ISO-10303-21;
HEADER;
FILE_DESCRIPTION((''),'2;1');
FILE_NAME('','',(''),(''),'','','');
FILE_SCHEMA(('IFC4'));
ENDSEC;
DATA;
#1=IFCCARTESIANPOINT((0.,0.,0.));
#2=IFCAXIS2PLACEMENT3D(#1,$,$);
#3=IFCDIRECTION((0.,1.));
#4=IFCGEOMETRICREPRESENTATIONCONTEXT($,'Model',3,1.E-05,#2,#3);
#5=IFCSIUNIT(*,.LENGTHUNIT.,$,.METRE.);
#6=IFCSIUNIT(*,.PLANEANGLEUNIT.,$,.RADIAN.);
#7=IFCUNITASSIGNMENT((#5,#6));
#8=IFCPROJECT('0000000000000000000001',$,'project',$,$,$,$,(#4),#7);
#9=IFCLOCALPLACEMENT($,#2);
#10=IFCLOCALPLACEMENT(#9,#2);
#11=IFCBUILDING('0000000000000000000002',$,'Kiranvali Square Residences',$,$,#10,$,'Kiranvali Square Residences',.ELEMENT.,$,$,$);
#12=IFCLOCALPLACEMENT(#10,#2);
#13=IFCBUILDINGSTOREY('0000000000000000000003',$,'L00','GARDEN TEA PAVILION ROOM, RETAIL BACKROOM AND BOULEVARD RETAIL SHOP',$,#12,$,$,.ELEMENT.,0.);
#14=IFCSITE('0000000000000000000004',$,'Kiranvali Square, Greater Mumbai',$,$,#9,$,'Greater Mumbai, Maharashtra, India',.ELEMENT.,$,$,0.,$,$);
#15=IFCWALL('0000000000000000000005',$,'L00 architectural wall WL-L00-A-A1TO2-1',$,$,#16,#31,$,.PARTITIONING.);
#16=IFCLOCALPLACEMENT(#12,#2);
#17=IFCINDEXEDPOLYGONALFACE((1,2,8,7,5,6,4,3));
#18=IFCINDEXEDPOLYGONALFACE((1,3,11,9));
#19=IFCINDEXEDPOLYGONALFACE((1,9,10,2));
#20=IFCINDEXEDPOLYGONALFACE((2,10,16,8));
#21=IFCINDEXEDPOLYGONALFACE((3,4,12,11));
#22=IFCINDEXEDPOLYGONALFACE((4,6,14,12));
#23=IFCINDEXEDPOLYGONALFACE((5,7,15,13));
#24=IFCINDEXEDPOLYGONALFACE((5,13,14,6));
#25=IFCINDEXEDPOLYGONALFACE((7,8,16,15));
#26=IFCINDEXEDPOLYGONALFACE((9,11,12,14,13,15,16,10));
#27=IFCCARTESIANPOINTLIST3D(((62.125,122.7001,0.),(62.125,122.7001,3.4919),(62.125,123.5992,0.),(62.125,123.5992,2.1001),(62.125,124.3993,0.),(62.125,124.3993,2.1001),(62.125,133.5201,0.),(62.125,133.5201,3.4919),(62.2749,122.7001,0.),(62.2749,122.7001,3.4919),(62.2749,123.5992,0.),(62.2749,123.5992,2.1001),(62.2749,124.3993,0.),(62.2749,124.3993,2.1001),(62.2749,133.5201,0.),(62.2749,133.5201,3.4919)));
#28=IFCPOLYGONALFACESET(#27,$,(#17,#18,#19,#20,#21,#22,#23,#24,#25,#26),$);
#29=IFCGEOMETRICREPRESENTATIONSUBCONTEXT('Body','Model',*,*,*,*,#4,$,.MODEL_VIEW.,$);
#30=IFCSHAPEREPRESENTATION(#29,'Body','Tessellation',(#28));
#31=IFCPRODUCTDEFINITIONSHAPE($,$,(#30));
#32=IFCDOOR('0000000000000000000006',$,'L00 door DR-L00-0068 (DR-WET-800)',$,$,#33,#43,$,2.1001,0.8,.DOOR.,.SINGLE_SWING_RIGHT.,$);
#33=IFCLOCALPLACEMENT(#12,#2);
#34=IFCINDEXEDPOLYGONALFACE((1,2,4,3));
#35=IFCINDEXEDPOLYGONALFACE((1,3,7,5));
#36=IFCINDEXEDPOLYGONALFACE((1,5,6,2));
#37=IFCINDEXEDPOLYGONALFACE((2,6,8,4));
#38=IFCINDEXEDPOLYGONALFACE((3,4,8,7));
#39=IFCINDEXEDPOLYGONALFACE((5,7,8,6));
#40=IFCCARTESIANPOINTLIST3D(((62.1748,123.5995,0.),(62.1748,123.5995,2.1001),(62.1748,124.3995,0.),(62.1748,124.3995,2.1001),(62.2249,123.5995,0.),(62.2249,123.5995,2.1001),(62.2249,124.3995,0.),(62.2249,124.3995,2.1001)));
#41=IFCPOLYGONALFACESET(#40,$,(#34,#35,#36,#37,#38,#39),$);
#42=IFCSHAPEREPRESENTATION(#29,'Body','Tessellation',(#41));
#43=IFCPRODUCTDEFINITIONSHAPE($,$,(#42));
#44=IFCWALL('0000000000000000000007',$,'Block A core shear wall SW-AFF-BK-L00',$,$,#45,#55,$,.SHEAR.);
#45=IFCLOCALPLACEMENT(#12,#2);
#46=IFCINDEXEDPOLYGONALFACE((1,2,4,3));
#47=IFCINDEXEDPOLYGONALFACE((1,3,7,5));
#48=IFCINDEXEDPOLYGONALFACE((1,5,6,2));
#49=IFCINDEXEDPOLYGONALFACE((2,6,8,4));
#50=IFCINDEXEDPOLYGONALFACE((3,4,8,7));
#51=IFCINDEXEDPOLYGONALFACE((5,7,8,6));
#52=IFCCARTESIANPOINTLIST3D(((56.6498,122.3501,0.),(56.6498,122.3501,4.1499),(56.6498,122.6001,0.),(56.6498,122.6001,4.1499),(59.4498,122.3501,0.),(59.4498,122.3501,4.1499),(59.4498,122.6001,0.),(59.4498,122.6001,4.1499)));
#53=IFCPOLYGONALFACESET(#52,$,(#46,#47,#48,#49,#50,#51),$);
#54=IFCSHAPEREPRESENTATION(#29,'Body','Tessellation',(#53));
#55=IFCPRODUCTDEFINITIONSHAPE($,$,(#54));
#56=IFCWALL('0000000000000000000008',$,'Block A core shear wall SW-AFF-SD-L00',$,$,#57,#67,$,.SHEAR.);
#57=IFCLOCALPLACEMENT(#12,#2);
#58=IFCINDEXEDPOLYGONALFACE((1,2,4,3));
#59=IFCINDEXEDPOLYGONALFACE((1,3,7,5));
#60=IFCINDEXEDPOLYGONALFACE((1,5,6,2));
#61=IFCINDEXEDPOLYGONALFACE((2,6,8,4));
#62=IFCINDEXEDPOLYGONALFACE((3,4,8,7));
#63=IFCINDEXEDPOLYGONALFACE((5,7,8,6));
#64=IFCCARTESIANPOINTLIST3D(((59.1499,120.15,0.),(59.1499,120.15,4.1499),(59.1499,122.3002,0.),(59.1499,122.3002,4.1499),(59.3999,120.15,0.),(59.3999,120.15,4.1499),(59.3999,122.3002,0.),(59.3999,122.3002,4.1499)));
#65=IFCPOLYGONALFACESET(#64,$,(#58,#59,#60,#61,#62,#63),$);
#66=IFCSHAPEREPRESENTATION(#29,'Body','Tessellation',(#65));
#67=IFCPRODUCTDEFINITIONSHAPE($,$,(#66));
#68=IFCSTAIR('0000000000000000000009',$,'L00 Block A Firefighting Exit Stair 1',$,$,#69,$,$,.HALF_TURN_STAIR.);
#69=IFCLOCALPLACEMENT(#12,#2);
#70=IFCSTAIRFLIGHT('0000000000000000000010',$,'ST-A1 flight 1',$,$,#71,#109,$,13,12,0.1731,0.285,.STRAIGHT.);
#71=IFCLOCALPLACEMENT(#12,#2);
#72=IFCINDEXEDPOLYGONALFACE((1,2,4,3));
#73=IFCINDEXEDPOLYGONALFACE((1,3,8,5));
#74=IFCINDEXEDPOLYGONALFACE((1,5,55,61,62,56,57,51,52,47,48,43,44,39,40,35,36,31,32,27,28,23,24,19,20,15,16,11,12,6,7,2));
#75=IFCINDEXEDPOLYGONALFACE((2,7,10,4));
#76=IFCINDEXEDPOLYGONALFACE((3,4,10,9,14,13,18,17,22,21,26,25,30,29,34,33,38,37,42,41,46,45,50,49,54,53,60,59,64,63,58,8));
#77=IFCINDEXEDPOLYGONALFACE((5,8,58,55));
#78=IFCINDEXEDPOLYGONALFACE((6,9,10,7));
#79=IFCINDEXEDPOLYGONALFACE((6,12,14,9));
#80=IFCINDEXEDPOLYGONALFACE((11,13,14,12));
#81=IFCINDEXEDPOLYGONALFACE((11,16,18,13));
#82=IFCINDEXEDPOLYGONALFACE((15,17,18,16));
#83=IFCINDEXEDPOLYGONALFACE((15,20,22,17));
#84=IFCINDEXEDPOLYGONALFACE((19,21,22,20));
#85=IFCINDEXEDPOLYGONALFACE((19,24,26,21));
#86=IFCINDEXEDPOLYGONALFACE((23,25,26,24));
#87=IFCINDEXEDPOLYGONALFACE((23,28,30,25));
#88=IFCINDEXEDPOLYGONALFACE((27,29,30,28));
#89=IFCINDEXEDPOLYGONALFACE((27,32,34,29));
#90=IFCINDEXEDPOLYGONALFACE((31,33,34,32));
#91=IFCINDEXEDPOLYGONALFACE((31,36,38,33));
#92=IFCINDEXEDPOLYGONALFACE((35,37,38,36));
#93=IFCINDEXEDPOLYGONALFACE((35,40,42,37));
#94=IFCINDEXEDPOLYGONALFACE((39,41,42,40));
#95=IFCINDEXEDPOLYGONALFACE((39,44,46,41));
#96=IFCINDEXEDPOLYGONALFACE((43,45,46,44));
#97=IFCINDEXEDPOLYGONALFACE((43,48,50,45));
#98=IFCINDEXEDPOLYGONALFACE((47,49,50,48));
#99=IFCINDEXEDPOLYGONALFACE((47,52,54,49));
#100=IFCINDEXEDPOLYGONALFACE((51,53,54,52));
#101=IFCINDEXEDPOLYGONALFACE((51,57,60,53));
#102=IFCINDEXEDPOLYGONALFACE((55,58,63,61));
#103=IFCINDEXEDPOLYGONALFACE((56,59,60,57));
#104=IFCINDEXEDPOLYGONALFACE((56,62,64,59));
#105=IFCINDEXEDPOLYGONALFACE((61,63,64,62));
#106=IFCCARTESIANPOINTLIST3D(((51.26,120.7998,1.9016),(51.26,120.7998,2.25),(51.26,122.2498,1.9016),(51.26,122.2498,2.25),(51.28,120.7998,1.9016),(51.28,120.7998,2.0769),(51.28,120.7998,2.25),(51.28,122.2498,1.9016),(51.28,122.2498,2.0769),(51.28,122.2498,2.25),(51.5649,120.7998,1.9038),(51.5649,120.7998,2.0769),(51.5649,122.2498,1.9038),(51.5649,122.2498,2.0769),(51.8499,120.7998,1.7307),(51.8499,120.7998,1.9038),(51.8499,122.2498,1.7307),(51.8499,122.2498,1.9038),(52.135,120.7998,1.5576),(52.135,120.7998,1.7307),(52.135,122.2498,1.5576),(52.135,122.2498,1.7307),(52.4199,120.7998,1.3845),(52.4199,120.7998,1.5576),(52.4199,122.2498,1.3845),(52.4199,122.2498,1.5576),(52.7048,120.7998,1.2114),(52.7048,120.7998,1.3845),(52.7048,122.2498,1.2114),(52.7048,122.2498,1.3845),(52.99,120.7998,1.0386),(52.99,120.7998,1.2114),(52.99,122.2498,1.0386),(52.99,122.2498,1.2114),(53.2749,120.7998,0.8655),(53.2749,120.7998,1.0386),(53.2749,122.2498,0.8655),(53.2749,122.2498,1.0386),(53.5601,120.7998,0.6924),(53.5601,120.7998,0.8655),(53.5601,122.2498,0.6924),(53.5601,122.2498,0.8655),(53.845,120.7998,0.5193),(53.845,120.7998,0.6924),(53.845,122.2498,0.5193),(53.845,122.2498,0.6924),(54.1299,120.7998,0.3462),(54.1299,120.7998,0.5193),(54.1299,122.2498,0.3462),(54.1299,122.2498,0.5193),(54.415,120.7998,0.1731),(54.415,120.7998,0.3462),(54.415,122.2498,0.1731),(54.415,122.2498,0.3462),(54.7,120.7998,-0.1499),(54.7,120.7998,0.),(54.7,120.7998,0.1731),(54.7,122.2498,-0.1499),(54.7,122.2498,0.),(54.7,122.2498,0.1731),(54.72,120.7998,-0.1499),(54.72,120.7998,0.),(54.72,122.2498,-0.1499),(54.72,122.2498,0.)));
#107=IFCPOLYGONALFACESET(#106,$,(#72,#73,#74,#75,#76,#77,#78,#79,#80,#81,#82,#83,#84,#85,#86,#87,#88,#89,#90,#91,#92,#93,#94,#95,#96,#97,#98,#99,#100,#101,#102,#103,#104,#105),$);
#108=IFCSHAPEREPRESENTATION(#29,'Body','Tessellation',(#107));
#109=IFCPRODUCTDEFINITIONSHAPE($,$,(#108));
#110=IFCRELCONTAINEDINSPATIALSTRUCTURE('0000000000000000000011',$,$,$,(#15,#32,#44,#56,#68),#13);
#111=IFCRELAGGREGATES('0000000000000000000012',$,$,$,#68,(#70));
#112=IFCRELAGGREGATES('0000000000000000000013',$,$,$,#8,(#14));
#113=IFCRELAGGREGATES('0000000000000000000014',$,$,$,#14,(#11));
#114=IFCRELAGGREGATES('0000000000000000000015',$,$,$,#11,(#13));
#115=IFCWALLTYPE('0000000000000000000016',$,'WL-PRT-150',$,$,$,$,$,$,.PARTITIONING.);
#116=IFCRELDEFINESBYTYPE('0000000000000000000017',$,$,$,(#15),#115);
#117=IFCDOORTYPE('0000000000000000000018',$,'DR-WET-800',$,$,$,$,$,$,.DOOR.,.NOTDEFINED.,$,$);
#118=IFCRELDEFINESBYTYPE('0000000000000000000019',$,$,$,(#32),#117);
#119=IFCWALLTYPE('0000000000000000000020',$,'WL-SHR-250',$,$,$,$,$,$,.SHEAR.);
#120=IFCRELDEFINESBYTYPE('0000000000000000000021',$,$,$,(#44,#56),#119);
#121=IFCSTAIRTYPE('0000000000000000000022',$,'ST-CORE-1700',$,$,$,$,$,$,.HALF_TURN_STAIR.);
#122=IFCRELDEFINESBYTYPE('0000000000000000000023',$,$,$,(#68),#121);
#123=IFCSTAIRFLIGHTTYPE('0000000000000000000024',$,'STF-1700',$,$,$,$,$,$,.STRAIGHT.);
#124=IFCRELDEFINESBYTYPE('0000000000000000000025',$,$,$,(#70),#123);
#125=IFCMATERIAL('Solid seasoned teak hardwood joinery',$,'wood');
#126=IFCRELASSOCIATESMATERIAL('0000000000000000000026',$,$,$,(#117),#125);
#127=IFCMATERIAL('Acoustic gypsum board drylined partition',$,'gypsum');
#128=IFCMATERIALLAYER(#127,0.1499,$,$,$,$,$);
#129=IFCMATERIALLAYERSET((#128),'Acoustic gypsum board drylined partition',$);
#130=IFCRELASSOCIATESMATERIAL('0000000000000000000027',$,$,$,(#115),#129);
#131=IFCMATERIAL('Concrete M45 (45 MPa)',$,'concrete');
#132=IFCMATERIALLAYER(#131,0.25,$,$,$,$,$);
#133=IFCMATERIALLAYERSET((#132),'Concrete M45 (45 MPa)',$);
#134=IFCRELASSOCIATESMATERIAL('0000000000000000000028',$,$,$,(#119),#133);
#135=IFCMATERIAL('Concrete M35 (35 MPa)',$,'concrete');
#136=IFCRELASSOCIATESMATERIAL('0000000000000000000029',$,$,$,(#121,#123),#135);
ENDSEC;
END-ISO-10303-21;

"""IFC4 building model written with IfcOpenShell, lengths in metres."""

from ifc_helpers import new_model, si_unit, direction, frame, frame_2d, origin, place, context, subcontext, project, spatial, polyline, rectangle, outline, extrude, material, layer, layer_set, type_object, element, fill, aggregate, save


model = new_model("IFC4")

# Units and contexts
model_context = context("Model", 3, precision=1e-05, world=origin(), true_north=direction((0.0, 1.0)))
body_context = subcontext(model_context, "Body", "Model", "MODEL_VIEW")
ifc_project = project(units=[si_unit("LENGTHUNIT", "METRE"), si_unit("PLANEANGLEUNIT", "RADIAN")], contexts=[model_context])

# Site, building, storey
site_placement = place(None, origin())
site = spatial("IfcSite", under=ifc_project, at=site_placement, Name="Kiranvali Square, Greater Mumbai", LongName="Greater Mumbai, Maharashtra, India", CompositionType="ELEMENT", RefElevation=0.0)
building_placement = place(site_placement, origin())
building = spatial("IfcBuilding", under=site, at=building_placement, Name="Kiranvali Square Residences", LongName="Kiranvali Square Residences", CompositionType="ELEMENT")
storey_placement = place(building_placement, origin())
storey = spatial("IfcBuildingStorey", under=building, at=storey_placement, Name="L00", Description="GARDEN TEA PAVILION ROOM, RETAIL BACKROOM AND BOULEVARD RETAIL SHOP", CompositionType="ELEMENT", Elevation=0.0)

# Shared definitions
ifc_material_1 = material(Name="Concrete M45 (45 MPa)", Category="concrete")

# Wall, opening, door
ifc_material_2 = material(Name="Acoustic gypsum board drylined partition", Category="gypsum")
ifc_material_3 = material(Name="Solid seasoned teak hardwood joinery", Category="wood")
door_type = type_object("IfcDoorType", Name="DR-WET-800", OperationType="NOTDEFINED", PredefinedType="DOOR", material=ifc_material_3)
ifc_layer_1 = layer(ifc_material_2, 0.1499)
ifc_layer_set_1 = layer_set([ifc_layer_1], Name="Acoustic gypsum board drylined partition")
wall_type_1 = type_object("IfcWallType", Name="WL-PRT-150", PredefinedType="PARTITIONING", material=ifc_layer_set_1)
wall_1_placement = place(storey_placement, frame((62.2, 122.7, 0.0), z_axis=(0.0, 0.0, 1.0), x_axis=(0.0, 1.0, 0.0)))
wall_1 = element("IfcWall", 1, at=wall_1_placement, inside=storey, type_object=wall_type_1, Name="L00 architectural wall WL-L00-A-A1TO2-1", PredefinedType="PARTITIONING", context=body_context, shape_type="SweptSolid", body=[
    extrude(rectangle(XDim=10.8201, YDim=0.1499, at=frame_2d((5.4102, 0.0))), origin(), (0.0, 0.0, 1.0), 3.4919),
])
opening_1_placement = place(wall_1_placement, frame((0.8994, 0.0, 0.0)))
opening_1 = element("IfcOpeningElement", 2, at=opening_1_placement, cuts=wall_1, PredefinedType="OPENING", context=body_context, shape_type="SweptSolid", body=[
    extrude(rectangle(XDim=0.8, YDim=2.1001, at=frame_2d((0.3999, 1.05))), frame((0.0, 0.085, 0.0), z_axis=(0.0, -1.0, 0.0), x_axis=(1.0, 0.0, 0.0)), (0.0, 0.0, 1.0), 0.1699),
])
door_1_placement = place(opening_1_placement, frame((0.8, 0.0, 0.0), z_axis=(0.0, 0.0, 1.0), x_axis=(-1.0, 0.0, 0.0)))
door_1 = element("IfcDoor", 3, at=door_1_placement, inside=storey, type_object=door_type, Name="L00 door DR-L00-0068 (DR-WET-800)", OperationType="SINGLE_SWING_RIGHT", OverallHeight=2.1001, OverallWidth=0.8, PredefinedType="DOOR", context=body_context, shape_type="SweptSolid", body=[
    extrude(rectangle(XDim=0.8, YDim=2.1001, at=frame_2d((0.3999, 1.05))), frame((0.0, 0.0249, 0.0), z_axis=(0.0, -1.0, 0.0), x_axis=(1.0, 0.0, 0.0)), (0.0, 0.0, 1.0), 0.05),
])
fill(opening_1, door_1)

# Walls
ifc_layer_2 = layer(ifc_material_1, 0.25)
ifc_layer_set_2 = layer_set([ifc_layer_2], Name="Concrete M45 (45 MPa)")
wall_type_2 = type_object("IfcWallType", Name="WL-SHR-250", PredefinedType="SHEAR", material=ifc_layer_set_2)
wall_2_placement = place(storey_placement, frame((56.6499, 122.4751, 0.0), z_axis=(0.0, 0.0, 1.0), x_axis=(1.0, 0.0, 0.0)))
element("IfcWall", 4, at=wall_2_placement, inside=storey, type_object=wall_type_2, Name="Block A core shear wall SW-AFF-BK-L00", PredefinedType="SHEAR", context=body_context, shape_type="SweptSolid", body=[
    extrude(rectangle(XDim=2.8, YDim=0.25, at=frame_2d((1.3999, 0.0))), origin(), (0.0, 0.0, 1.0), 4.1499),
])
wall_3_placement = place(storey_placement, frame((59.2749, 120.1499, 0.0), z_axis=(0.0, 0.0, 1.0), x_axis=(0.0, 1.0, 0.0)))
element("IfcWall", 5, at=wall_3_placement, inside=storey, type_object=wall_type_2, Name="Block A core shear wall SW-AFF-SD-L00", PredefinedType="SHEAR", context=body_context, shape_type="SweptSolid", body=[
    extrude(rectangle(XDim=2.1501, YDim=0.25, at=frame_2d((1.0752, 0.0))), origin(), (0.0, 0.0, 1.0), 4.1499),
])

# Stair, stair flight
ifc_material_4 = material(Name="Concrete M35 (35 MPa)", Category="concrete")
stair_type = type_object("IfcStairType", Name="ST-CORE-1700", PredefinedType="HALF_TURN_STAIR", material=ifc_material_4)
stair_placement = place(storey_placement, origin())
stair = element("IfcStair", 6, at=stair_placement, inside=storey, type_object=stair_type, Name="L00 Block A Firefighting Exit Stair 1", PredefinedType="HALF_TURN_STAIR")
stair_flight_type = type_object("IfcStairFlightType", Name="STF-1700", PredefinedType="STRAIGHT", material=ifc_material_4)
stair_flight_placement = place(storey_placement, frame((54.7, 121.5249, 0.0), z_axis=(0.0, 0.0, 1.0), x_axis=(-1.0, 0.0, 0.0)))
stair_flight = element("IfcStairFlight", 7, at=stair_flight_placement, type_object=stair_flight_type, Name="ST-A1 flight 1", NumberOfRisers=13, NumberOfTreads=12, PredefinedType="STRAIGHT", RiserHeight=0.1731, TreadLength=0.285, context=body_context, shape_type="SweptSolid", body=[
    extrude(outline(polyline([(-0.02, -0.1499), (-0.02, 0.0), (0.0, 0.0), (0.0, 0.1731), (0.2849, 0.1731), (0.2849, 0.3462), (0.5701, 0.3462), (0.5701, 0.5193), (0.855, 0.5193), (0.855, 0.6924), (1.1399, 0.6924), (1.1399, 0.8655), (1.425, 0.8655), (1.425, 1.0386), (1.71, 1.0386), (1.71, 1.2114), (1.9951, 1.2114), (1.9951, 1.3845), (2.28, 1.3845), (2.28, 1.5576), (2.5649, 1.5576), (2.5649, 1.7307), (2.8501, 1.7307), (2.8501, 1.9038), (3.135, 1.9038), (3.135, 2.0769), (3.4199, 2.0769), (3.4199, 2.25), (3.4399, 2.25), (3.4399, 1.9016), (3.4199, 1.9016), (0.0, -0.1499), (-0.02, -0.1499)])), frame((0.0, 0.7251, 0.0), z_axis=(0.0, -1.0, 0.0), x_axis=(1.0, 0.0, 0.0)), (0.0, 0.0, 1.0), 1.45),
])
aggregate(stair, [stair_flight])

save(model, "model.ifc")
